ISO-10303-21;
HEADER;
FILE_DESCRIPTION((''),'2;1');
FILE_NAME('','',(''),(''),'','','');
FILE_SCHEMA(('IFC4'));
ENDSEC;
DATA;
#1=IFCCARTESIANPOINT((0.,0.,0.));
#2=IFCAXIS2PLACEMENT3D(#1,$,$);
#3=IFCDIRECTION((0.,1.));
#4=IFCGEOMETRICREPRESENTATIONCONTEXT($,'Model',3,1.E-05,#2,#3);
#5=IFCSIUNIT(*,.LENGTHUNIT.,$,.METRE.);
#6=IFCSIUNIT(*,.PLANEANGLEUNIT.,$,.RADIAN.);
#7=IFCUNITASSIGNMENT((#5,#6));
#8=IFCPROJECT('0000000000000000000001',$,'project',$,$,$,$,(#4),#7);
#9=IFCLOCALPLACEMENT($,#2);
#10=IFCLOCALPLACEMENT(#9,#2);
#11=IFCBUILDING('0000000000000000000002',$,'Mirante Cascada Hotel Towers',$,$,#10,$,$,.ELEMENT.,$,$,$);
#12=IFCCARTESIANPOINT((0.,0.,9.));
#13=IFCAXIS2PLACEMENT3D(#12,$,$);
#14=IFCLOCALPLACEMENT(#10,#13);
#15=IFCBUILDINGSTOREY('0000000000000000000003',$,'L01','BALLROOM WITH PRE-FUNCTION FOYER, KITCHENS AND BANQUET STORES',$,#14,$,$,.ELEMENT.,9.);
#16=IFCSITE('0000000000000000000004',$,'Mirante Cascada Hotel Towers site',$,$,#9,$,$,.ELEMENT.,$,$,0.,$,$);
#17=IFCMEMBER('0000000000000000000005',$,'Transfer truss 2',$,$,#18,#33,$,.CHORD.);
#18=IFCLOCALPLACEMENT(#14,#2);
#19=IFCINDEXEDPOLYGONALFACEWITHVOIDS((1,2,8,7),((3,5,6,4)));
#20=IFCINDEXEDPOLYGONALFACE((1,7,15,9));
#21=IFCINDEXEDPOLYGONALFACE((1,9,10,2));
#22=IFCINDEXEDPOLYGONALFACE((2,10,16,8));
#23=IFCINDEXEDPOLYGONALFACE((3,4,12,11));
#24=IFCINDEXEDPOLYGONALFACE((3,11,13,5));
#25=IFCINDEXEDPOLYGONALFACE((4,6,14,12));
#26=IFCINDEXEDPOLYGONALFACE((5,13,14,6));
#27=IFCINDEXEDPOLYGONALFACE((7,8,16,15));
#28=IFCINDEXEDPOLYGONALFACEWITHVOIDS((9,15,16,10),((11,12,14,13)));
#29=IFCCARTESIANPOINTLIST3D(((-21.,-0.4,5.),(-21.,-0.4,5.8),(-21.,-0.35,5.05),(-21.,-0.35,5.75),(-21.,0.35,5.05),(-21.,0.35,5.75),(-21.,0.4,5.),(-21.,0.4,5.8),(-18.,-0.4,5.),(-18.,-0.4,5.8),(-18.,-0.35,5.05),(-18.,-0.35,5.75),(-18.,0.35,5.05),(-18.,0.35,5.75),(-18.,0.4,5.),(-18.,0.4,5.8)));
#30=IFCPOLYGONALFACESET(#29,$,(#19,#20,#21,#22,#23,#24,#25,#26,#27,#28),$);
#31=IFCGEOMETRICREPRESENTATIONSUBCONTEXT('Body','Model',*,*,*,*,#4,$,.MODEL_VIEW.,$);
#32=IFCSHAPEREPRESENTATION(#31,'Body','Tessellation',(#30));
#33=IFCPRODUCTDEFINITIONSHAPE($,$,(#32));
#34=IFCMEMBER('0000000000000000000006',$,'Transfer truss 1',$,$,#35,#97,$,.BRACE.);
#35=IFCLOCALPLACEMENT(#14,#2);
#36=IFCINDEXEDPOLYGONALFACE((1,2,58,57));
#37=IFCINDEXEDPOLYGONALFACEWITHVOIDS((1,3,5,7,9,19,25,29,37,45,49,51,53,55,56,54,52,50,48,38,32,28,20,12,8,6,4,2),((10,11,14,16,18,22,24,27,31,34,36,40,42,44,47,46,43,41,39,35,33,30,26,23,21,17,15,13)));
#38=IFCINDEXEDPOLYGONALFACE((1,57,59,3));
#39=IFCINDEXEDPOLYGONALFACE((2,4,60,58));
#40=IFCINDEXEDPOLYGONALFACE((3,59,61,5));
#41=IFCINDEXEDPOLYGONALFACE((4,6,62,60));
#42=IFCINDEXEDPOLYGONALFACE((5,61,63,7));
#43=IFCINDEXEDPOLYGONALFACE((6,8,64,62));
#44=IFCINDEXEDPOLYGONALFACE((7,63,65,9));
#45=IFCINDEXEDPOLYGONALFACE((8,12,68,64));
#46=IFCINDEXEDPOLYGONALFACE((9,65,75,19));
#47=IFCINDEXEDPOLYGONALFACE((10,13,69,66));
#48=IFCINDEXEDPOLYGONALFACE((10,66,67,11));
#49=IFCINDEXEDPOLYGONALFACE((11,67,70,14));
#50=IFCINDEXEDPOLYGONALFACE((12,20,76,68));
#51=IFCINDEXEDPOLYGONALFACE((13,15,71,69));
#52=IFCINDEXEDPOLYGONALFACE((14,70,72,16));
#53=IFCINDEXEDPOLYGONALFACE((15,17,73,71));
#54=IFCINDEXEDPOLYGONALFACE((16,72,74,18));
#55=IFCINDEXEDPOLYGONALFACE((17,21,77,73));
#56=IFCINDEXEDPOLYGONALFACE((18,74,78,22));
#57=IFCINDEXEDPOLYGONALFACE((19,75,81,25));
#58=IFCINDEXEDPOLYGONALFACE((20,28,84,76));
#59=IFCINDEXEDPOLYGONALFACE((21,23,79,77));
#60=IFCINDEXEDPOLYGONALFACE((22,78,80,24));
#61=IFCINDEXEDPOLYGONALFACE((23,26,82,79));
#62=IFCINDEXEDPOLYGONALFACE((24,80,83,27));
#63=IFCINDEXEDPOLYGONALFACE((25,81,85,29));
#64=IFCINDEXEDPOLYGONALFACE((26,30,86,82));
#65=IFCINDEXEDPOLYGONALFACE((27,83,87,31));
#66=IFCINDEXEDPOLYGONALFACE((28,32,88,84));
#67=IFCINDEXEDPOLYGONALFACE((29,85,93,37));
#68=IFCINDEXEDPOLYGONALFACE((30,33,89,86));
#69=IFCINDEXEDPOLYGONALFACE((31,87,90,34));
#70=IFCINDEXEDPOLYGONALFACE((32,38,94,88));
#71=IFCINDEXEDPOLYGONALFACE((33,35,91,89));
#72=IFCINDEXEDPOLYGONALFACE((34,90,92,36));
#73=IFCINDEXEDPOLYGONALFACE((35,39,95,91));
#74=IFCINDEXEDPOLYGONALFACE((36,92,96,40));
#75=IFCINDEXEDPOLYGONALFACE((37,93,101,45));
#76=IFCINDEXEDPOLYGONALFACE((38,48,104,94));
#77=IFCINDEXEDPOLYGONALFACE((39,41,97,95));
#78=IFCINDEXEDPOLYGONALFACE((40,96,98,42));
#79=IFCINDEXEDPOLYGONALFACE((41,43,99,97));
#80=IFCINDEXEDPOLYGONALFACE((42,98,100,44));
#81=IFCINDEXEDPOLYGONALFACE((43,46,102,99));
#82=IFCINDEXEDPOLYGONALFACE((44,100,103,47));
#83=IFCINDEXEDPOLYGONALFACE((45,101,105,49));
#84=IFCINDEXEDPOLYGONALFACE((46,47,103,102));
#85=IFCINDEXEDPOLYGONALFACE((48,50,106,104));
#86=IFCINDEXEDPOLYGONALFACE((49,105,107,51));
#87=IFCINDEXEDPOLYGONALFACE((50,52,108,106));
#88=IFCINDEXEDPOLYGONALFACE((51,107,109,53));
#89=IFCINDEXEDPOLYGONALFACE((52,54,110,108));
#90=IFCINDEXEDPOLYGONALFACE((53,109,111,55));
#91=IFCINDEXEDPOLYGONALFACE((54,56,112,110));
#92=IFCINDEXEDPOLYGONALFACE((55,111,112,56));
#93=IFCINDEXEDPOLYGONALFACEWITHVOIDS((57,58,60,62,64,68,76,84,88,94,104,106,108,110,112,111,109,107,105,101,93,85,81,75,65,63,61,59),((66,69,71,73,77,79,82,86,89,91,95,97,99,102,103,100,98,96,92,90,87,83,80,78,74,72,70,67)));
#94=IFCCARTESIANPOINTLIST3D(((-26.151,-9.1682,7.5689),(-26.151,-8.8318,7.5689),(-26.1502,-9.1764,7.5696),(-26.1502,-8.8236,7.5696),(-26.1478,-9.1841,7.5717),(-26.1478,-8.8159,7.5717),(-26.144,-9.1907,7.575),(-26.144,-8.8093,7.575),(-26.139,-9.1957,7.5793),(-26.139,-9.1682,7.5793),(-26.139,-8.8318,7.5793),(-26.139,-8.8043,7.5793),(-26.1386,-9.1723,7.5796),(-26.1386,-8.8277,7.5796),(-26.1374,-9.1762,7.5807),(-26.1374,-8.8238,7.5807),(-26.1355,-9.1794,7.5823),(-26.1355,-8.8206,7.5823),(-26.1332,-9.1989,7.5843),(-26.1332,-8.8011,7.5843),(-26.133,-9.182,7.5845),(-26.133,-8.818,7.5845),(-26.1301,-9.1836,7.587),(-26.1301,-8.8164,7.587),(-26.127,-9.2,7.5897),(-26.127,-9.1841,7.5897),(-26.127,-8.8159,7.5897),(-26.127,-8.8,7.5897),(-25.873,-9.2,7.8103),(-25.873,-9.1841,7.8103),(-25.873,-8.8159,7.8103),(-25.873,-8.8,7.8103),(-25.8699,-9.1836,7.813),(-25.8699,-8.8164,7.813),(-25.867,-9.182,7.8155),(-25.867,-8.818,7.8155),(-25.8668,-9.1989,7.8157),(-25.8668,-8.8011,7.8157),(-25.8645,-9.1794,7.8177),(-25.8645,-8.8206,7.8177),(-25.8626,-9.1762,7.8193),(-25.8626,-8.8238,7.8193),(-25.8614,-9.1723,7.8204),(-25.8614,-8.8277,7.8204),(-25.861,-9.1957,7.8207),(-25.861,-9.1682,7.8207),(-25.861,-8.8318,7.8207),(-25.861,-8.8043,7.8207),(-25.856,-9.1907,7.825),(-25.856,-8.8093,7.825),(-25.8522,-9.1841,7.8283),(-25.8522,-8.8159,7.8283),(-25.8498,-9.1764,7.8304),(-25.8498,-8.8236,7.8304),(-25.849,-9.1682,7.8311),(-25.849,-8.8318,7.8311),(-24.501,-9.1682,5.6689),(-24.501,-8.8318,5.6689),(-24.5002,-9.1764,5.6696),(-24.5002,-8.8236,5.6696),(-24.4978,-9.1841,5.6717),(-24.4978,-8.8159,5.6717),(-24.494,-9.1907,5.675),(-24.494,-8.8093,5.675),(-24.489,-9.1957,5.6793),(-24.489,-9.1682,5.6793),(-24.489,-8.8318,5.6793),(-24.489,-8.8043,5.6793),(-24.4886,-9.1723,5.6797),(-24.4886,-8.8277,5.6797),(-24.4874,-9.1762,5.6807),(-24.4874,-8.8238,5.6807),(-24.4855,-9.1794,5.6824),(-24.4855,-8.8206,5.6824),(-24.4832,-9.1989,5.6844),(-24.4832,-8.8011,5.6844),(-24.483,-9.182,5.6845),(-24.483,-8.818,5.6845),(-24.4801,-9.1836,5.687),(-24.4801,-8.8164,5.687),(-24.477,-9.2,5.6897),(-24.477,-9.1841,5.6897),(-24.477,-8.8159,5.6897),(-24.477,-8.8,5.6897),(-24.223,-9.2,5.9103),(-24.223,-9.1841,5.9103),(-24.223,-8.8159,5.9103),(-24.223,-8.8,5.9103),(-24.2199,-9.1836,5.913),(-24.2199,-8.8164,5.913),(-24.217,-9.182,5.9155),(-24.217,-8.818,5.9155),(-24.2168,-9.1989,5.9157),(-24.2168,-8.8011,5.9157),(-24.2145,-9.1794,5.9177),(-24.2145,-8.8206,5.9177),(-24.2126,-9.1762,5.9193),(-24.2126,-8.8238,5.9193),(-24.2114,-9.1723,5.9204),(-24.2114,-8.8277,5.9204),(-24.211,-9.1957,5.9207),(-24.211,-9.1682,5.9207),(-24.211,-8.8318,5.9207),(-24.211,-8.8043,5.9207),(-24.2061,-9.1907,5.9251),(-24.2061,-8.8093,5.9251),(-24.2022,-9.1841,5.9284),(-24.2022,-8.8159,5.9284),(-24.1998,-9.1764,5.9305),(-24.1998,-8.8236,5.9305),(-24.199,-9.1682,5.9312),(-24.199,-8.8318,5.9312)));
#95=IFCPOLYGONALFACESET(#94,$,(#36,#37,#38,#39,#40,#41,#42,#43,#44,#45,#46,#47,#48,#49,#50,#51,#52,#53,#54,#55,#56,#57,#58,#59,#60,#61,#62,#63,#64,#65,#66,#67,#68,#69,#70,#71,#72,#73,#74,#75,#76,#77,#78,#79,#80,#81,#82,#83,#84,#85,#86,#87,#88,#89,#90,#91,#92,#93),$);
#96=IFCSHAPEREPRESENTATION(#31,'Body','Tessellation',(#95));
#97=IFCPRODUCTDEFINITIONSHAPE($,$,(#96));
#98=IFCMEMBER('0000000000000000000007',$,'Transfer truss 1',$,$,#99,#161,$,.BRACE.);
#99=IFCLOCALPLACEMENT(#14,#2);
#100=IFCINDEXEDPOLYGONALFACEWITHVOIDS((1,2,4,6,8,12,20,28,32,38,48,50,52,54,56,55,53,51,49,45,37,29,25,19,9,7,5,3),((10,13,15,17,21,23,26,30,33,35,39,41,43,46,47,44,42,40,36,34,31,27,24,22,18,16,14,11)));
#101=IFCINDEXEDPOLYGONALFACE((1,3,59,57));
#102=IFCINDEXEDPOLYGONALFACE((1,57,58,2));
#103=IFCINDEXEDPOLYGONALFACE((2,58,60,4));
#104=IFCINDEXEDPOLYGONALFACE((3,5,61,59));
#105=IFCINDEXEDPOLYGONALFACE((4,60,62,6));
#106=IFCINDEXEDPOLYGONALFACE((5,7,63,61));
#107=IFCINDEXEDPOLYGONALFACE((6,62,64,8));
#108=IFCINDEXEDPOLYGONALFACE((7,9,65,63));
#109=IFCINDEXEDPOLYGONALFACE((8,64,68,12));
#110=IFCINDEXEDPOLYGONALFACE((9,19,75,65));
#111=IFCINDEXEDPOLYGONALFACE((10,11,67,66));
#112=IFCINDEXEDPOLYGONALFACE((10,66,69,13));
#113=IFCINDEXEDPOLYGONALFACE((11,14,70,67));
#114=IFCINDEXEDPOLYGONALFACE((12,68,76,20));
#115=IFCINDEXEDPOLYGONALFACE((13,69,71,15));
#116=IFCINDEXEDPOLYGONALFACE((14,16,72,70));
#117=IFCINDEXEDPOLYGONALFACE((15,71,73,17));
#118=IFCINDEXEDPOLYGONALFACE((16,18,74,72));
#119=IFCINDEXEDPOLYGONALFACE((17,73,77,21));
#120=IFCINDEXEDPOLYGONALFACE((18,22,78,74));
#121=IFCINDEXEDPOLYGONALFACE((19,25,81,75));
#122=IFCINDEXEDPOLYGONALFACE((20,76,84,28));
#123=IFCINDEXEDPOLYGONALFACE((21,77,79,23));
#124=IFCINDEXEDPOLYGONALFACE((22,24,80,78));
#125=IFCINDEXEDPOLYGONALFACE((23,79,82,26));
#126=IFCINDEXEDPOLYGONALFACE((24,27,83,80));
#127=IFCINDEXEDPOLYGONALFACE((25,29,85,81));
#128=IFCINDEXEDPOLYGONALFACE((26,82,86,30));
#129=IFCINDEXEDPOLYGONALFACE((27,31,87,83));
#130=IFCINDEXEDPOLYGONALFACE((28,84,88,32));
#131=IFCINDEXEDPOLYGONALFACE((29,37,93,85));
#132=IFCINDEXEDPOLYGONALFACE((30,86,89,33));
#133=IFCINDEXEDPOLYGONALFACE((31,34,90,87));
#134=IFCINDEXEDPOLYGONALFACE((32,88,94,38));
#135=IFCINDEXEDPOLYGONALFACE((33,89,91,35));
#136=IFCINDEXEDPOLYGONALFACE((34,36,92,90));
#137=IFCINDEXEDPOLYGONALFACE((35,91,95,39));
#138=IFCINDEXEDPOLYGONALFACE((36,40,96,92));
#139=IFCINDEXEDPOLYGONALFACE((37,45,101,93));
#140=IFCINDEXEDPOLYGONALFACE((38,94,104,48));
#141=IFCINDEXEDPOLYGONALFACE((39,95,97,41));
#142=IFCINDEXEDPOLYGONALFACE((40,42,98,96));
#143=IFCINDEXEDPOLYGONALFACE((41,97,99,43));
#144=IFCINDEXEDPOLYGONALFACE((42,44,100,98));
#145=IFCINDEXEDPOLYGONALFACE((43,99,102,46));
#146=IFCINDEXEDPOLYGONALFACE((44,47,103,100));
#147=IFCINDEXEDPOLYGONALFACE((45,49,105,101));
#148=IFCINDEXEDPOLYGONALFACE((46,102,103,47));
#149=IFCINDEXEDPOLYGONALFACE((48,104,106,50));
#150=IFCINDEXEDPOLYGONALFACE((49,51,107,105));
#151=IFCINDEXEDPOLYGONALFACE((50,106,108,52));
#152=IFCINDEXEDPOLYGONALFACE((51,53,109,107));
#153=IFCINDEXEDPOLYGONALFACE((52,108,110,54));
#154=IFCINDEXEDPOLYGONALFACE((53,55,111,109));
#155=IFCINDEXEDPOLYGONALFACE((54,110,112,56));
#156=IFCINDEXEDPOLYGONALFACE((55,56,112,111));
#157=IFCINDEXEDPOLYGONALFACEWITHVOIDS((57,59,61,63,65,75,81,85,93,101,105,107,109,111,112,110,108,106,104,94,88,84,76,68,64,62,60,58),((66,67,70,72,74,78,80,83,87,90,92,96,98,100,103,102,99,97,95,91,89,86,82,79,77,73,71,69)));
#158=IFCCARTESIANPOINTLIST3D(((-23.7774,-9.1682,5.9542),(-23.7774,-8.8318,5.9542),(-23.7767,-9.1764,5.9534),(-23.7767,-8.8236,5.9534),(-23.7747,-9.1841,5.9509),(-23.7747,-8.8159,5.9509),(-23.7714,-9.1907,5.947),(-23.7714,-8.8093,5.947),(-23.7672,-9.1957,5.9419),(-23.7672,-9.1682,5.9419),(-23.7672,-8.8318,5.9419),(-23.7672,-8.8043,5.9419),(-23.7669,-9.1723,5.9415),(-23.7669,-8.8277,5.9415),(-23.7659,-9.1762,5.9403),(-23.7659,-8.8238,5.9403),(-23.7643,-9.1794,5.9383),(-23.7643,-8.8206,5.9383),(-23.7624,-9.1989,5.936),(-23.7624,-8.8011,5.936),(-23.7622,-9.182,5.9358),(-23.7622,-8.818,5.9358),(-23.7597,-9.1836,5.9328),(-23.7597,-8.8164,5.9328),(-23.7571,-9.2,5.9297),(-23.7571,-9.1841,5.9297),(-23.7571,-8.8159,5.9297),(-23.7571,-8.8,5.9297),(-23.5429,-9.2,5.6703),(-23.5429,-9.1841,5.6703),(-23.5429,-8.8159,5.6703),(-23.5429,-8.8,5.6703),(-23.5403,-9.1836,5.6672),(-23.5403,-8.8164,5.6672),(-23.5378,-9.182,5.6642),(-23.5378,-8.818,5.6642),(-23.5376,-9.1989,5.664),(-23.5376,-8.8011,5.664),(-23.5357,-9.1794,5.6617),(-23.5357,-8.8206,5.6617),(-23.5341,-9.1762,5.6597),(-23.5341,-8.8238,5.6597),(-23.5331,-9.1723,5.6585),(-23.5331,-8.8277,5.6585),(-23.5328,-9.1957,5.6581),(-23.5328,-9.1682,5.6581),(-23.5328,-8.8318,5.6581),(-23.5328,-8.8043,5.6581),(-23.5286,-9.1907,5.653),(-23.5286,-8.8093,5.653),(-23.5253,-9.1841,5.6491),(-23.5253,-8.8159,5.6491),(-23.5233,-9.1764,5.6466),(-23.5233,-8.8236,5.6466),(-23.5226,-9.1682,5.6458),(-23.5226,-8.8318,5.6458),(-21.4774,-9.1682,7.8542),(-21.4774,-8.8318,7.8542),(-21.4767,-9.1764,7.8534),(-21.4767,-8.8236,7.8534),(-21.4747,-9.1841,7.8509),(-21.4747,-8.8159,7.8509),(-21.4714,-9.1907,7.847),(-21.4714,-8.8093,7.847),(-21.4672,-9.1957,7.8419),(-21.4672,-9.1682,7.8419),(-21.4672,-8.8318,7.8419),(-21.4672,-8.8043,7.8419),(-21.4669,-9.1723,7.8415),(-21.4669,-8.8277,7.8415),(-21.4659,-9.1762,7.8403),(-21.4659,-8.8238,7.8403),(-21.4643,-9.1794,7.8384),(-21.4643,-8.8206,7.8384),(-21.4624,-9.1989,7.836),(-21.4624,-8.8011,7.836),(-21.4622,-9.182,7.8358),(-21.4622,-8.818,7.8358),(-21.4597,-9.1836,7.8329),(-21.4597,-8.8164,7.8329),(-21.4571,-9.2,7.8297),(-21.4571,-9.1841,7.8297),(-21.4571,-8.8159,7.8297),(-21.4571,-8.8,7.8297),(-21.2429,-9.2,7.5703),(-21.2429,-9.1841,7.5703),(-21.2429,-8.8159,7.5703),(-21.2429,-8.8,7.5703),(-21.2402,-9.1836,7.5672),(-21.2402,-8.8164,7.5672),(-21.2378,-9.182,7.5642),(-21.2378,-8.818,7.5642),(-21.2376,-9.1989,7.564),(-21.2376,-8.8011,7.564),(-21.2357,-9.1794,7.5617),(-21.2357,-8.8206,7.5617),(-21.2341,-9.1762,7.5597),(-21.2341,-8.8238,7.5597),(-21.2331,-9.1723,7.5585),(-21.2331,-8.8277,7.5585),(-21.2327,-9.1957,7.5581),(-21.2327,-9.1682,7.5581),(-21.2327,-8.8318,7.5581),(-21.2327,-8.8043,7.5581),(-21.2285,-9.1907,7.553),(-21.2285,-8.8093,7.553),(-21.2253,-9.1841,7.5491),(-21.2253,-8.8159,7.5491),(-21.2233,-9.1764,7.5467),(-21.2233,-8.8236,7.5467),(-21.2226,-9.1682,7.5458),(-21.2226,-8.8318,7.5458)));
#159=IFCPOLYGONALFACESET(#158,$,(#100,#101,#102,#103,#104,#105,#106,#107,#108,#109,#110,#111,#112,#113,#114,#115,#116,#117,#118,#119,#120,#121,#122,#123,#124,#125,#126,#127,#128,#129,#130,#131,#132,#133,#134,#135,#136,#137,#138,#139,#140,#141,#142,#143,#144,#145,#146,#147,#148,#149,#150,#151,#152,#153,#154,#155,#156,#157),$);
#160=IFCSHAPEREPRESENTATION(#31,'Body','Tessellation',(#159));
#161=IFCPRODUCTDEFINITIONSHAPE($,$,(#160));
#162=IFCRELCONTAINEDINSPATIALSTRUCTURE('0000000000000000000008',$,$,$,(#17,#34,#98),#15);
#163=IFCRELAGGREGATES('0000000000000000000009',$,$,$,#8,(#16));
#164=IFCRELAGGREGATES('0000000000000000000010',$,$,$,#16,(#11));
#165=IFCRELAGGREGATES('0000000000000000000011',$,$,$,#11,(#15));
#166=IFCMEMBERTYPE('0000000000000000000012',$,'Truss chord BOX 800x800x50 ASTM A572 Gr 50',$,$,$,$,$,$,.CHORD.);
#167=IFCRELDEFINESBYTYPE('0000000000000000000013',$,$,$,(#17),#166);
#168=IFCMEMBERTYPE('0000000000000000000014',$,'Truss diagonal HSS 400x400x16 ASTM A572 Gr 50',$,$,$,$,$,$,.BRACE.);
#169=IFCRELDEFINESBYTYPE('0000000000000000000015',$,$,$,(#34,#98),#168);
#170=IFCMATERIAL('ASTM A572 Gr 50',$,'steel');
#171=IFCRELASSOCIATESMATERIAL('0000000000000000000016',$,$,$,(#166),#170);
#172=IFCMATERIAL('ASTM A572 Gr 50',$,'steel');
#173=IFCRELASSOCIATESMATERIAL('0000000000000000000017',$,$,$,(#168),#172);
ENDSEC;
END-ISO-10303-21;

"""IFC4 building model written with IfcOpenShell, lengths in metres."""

from ifc_helpers import new_model, si_unit, direction, frame, origin, origin_2d, place, context, subcontext, project, spatial, hollow_rectangle, extrude, material, material_profile, profile_set, type_object, element, save


model = new_model("IFC4")

# Units and contexts
model_context = context("Model", 3, precision=1e-05, world=origin(), true_north=direction((0.0, 1.0)))
body_context = subcontext(model_context, "Body", "Model", "MODEL_VIEW")
ifc_project = project(units=[si_unit("LENGTHUNIT", "METRE"), si_unit("PLANEANGLEUNIT", "RADIAN")], contexts=[model_context])

# Site, building, storey
site_placement = place(None, origin())
site = spatial("IfcSite", under=ifc_project, at=site_placement, Name="Mirante Cascada Hotel Towers site", CompositionType="ELEMENT", RefElevation=0.0)
building_placement = place(site_placement, origin())
building = spatial("IfcBuilding", under=site, at=building_placement, Name="Mirante Cascada Hotel Towers", CompositionType="ELEMENT")
storey_placement = place(building_placement, frame((0.0, 0.0, 9.0)))
storey = spatial("IfcBuildingStorey", under=building, at=storey_placement, Name="L01", Description="BALLROOM WITH PRE-FUNCTION FOYER, KITCHENS AND BANQUET STORES", CompositionType="ELEMENT", Elevation=9.0)

# Members
ifc_material_1 = material(Name="ASTM A572 Gr 50", Category="steel")
ifc_material_profile_1 = material_profile(ifc_material_1, hollow_rectangle(XDim=0.8, YDim=0.8, WallThickness=0.05, at=origin_2d()), Name="BOX 800x800x50")
ifc_profile_set_1 = profile_set([ifc_material_profile_1], Name="ASTM A572 Gr 50")
member_type_1 = type_object("IfcMemberType", Name="Truss chord BOX 800x800x50 ASTM A572 Gr 50", PredefinedType="CHORD", material=ifc_profile_set_1)
for number, where, z_axis, x_axis, name in (
    (1, (-21.0, 0.0, 5.4), (1.0, 0.0, 0.0), (0.0, 1.0, 0.0), "Transfer truss 2"),
):
    element("IfcMember", number, at=place(storey_placement, frame(where, z_axis=z_axis, x_axis=x_axis)), inside=storey, type_object=member_type_1, Name=name, PredefinedType="CHORD", context=body_context, shape_type="SweptSolid", body=[
        extrude(hollow_rectangle(XDim=0.8, YDim=0.8, WallThickness=0.05, at=origin_2d()), origin(), (0.0, 0.0, 1.0), 3.0),
    ])
ifc_material_2 = material(Name="ASTM A572 Gr 50", Category="steel")
ifc_material_profile_2 = material_profile(ifc_material_2, hollow_rectangle(XDim=0.4, YDim=0.4, WallThickness=0.0159, InnerFilletRadius=0.0159, OuterFilletRadius=0.0318, at=origin_2d()), Name="HSS 400x400x16")
ifc_profile_set_2 = profile_set([ifc_material_profile_2], Name="ASTM A572 Gr 50")
member_type_2 = type_object("IfcMemberType", Name="Truss diagonal HSS 400x400x16 ASTM A572 Gr 50", PredefinedType="BRACE", material=ifc_profile_set_2)
member_1_placement = place(storey_placement, frame((-26.0, -9.0, 7.7), z_axis=(0.655687, 0.0, -0.755033), x_axis=(0.0, 1.0, 0.0)))
element("IfcMember", 2, at=member_1_placement, inside=storey, type_object=member_type_2, Name="Transfer truss 1", PredefinedType="BRACE", context=body_context, shape_type="SweptSolid", body=[
    extrude(hollow_rectangle(XDim=0.4, YDim=0.4, WallThickness=0.0159, InnerFilletRadius=0.0159, OuterFilletRadius=0.0318, at=origin_2d()), origin(), (0.0, 0.0, 1.0), 2.5164),
])
for number, where, z_axis, x_axis, name in (
    (3, (-23.65, -9.0, 5.8), (0.770962, 0.0, 0.636881), (0.0, 1.0, 0.0), "Transfer truss 1"),
):
    element("IfcMember", number, at=place(storey_placement, frame(where, z_axis=z_axis, x_axis=x_axis)), inside=storey, type_object=member_type_2, Name=name, PredefinedType="BRACE", context=body_context, shape_type="SweptSolid", body=[
        extrude(hollow_rectangle(XDim=0.4, YDim=0.4, WallThickness=0.0159, InnerFilletRadius=0.0159, OuterFilletRadius=0.0318, at=origin_2d()), origin(), (0.0, 0.0, 1.0), 2.9833),
    ])

save(model, "model.ifc")
